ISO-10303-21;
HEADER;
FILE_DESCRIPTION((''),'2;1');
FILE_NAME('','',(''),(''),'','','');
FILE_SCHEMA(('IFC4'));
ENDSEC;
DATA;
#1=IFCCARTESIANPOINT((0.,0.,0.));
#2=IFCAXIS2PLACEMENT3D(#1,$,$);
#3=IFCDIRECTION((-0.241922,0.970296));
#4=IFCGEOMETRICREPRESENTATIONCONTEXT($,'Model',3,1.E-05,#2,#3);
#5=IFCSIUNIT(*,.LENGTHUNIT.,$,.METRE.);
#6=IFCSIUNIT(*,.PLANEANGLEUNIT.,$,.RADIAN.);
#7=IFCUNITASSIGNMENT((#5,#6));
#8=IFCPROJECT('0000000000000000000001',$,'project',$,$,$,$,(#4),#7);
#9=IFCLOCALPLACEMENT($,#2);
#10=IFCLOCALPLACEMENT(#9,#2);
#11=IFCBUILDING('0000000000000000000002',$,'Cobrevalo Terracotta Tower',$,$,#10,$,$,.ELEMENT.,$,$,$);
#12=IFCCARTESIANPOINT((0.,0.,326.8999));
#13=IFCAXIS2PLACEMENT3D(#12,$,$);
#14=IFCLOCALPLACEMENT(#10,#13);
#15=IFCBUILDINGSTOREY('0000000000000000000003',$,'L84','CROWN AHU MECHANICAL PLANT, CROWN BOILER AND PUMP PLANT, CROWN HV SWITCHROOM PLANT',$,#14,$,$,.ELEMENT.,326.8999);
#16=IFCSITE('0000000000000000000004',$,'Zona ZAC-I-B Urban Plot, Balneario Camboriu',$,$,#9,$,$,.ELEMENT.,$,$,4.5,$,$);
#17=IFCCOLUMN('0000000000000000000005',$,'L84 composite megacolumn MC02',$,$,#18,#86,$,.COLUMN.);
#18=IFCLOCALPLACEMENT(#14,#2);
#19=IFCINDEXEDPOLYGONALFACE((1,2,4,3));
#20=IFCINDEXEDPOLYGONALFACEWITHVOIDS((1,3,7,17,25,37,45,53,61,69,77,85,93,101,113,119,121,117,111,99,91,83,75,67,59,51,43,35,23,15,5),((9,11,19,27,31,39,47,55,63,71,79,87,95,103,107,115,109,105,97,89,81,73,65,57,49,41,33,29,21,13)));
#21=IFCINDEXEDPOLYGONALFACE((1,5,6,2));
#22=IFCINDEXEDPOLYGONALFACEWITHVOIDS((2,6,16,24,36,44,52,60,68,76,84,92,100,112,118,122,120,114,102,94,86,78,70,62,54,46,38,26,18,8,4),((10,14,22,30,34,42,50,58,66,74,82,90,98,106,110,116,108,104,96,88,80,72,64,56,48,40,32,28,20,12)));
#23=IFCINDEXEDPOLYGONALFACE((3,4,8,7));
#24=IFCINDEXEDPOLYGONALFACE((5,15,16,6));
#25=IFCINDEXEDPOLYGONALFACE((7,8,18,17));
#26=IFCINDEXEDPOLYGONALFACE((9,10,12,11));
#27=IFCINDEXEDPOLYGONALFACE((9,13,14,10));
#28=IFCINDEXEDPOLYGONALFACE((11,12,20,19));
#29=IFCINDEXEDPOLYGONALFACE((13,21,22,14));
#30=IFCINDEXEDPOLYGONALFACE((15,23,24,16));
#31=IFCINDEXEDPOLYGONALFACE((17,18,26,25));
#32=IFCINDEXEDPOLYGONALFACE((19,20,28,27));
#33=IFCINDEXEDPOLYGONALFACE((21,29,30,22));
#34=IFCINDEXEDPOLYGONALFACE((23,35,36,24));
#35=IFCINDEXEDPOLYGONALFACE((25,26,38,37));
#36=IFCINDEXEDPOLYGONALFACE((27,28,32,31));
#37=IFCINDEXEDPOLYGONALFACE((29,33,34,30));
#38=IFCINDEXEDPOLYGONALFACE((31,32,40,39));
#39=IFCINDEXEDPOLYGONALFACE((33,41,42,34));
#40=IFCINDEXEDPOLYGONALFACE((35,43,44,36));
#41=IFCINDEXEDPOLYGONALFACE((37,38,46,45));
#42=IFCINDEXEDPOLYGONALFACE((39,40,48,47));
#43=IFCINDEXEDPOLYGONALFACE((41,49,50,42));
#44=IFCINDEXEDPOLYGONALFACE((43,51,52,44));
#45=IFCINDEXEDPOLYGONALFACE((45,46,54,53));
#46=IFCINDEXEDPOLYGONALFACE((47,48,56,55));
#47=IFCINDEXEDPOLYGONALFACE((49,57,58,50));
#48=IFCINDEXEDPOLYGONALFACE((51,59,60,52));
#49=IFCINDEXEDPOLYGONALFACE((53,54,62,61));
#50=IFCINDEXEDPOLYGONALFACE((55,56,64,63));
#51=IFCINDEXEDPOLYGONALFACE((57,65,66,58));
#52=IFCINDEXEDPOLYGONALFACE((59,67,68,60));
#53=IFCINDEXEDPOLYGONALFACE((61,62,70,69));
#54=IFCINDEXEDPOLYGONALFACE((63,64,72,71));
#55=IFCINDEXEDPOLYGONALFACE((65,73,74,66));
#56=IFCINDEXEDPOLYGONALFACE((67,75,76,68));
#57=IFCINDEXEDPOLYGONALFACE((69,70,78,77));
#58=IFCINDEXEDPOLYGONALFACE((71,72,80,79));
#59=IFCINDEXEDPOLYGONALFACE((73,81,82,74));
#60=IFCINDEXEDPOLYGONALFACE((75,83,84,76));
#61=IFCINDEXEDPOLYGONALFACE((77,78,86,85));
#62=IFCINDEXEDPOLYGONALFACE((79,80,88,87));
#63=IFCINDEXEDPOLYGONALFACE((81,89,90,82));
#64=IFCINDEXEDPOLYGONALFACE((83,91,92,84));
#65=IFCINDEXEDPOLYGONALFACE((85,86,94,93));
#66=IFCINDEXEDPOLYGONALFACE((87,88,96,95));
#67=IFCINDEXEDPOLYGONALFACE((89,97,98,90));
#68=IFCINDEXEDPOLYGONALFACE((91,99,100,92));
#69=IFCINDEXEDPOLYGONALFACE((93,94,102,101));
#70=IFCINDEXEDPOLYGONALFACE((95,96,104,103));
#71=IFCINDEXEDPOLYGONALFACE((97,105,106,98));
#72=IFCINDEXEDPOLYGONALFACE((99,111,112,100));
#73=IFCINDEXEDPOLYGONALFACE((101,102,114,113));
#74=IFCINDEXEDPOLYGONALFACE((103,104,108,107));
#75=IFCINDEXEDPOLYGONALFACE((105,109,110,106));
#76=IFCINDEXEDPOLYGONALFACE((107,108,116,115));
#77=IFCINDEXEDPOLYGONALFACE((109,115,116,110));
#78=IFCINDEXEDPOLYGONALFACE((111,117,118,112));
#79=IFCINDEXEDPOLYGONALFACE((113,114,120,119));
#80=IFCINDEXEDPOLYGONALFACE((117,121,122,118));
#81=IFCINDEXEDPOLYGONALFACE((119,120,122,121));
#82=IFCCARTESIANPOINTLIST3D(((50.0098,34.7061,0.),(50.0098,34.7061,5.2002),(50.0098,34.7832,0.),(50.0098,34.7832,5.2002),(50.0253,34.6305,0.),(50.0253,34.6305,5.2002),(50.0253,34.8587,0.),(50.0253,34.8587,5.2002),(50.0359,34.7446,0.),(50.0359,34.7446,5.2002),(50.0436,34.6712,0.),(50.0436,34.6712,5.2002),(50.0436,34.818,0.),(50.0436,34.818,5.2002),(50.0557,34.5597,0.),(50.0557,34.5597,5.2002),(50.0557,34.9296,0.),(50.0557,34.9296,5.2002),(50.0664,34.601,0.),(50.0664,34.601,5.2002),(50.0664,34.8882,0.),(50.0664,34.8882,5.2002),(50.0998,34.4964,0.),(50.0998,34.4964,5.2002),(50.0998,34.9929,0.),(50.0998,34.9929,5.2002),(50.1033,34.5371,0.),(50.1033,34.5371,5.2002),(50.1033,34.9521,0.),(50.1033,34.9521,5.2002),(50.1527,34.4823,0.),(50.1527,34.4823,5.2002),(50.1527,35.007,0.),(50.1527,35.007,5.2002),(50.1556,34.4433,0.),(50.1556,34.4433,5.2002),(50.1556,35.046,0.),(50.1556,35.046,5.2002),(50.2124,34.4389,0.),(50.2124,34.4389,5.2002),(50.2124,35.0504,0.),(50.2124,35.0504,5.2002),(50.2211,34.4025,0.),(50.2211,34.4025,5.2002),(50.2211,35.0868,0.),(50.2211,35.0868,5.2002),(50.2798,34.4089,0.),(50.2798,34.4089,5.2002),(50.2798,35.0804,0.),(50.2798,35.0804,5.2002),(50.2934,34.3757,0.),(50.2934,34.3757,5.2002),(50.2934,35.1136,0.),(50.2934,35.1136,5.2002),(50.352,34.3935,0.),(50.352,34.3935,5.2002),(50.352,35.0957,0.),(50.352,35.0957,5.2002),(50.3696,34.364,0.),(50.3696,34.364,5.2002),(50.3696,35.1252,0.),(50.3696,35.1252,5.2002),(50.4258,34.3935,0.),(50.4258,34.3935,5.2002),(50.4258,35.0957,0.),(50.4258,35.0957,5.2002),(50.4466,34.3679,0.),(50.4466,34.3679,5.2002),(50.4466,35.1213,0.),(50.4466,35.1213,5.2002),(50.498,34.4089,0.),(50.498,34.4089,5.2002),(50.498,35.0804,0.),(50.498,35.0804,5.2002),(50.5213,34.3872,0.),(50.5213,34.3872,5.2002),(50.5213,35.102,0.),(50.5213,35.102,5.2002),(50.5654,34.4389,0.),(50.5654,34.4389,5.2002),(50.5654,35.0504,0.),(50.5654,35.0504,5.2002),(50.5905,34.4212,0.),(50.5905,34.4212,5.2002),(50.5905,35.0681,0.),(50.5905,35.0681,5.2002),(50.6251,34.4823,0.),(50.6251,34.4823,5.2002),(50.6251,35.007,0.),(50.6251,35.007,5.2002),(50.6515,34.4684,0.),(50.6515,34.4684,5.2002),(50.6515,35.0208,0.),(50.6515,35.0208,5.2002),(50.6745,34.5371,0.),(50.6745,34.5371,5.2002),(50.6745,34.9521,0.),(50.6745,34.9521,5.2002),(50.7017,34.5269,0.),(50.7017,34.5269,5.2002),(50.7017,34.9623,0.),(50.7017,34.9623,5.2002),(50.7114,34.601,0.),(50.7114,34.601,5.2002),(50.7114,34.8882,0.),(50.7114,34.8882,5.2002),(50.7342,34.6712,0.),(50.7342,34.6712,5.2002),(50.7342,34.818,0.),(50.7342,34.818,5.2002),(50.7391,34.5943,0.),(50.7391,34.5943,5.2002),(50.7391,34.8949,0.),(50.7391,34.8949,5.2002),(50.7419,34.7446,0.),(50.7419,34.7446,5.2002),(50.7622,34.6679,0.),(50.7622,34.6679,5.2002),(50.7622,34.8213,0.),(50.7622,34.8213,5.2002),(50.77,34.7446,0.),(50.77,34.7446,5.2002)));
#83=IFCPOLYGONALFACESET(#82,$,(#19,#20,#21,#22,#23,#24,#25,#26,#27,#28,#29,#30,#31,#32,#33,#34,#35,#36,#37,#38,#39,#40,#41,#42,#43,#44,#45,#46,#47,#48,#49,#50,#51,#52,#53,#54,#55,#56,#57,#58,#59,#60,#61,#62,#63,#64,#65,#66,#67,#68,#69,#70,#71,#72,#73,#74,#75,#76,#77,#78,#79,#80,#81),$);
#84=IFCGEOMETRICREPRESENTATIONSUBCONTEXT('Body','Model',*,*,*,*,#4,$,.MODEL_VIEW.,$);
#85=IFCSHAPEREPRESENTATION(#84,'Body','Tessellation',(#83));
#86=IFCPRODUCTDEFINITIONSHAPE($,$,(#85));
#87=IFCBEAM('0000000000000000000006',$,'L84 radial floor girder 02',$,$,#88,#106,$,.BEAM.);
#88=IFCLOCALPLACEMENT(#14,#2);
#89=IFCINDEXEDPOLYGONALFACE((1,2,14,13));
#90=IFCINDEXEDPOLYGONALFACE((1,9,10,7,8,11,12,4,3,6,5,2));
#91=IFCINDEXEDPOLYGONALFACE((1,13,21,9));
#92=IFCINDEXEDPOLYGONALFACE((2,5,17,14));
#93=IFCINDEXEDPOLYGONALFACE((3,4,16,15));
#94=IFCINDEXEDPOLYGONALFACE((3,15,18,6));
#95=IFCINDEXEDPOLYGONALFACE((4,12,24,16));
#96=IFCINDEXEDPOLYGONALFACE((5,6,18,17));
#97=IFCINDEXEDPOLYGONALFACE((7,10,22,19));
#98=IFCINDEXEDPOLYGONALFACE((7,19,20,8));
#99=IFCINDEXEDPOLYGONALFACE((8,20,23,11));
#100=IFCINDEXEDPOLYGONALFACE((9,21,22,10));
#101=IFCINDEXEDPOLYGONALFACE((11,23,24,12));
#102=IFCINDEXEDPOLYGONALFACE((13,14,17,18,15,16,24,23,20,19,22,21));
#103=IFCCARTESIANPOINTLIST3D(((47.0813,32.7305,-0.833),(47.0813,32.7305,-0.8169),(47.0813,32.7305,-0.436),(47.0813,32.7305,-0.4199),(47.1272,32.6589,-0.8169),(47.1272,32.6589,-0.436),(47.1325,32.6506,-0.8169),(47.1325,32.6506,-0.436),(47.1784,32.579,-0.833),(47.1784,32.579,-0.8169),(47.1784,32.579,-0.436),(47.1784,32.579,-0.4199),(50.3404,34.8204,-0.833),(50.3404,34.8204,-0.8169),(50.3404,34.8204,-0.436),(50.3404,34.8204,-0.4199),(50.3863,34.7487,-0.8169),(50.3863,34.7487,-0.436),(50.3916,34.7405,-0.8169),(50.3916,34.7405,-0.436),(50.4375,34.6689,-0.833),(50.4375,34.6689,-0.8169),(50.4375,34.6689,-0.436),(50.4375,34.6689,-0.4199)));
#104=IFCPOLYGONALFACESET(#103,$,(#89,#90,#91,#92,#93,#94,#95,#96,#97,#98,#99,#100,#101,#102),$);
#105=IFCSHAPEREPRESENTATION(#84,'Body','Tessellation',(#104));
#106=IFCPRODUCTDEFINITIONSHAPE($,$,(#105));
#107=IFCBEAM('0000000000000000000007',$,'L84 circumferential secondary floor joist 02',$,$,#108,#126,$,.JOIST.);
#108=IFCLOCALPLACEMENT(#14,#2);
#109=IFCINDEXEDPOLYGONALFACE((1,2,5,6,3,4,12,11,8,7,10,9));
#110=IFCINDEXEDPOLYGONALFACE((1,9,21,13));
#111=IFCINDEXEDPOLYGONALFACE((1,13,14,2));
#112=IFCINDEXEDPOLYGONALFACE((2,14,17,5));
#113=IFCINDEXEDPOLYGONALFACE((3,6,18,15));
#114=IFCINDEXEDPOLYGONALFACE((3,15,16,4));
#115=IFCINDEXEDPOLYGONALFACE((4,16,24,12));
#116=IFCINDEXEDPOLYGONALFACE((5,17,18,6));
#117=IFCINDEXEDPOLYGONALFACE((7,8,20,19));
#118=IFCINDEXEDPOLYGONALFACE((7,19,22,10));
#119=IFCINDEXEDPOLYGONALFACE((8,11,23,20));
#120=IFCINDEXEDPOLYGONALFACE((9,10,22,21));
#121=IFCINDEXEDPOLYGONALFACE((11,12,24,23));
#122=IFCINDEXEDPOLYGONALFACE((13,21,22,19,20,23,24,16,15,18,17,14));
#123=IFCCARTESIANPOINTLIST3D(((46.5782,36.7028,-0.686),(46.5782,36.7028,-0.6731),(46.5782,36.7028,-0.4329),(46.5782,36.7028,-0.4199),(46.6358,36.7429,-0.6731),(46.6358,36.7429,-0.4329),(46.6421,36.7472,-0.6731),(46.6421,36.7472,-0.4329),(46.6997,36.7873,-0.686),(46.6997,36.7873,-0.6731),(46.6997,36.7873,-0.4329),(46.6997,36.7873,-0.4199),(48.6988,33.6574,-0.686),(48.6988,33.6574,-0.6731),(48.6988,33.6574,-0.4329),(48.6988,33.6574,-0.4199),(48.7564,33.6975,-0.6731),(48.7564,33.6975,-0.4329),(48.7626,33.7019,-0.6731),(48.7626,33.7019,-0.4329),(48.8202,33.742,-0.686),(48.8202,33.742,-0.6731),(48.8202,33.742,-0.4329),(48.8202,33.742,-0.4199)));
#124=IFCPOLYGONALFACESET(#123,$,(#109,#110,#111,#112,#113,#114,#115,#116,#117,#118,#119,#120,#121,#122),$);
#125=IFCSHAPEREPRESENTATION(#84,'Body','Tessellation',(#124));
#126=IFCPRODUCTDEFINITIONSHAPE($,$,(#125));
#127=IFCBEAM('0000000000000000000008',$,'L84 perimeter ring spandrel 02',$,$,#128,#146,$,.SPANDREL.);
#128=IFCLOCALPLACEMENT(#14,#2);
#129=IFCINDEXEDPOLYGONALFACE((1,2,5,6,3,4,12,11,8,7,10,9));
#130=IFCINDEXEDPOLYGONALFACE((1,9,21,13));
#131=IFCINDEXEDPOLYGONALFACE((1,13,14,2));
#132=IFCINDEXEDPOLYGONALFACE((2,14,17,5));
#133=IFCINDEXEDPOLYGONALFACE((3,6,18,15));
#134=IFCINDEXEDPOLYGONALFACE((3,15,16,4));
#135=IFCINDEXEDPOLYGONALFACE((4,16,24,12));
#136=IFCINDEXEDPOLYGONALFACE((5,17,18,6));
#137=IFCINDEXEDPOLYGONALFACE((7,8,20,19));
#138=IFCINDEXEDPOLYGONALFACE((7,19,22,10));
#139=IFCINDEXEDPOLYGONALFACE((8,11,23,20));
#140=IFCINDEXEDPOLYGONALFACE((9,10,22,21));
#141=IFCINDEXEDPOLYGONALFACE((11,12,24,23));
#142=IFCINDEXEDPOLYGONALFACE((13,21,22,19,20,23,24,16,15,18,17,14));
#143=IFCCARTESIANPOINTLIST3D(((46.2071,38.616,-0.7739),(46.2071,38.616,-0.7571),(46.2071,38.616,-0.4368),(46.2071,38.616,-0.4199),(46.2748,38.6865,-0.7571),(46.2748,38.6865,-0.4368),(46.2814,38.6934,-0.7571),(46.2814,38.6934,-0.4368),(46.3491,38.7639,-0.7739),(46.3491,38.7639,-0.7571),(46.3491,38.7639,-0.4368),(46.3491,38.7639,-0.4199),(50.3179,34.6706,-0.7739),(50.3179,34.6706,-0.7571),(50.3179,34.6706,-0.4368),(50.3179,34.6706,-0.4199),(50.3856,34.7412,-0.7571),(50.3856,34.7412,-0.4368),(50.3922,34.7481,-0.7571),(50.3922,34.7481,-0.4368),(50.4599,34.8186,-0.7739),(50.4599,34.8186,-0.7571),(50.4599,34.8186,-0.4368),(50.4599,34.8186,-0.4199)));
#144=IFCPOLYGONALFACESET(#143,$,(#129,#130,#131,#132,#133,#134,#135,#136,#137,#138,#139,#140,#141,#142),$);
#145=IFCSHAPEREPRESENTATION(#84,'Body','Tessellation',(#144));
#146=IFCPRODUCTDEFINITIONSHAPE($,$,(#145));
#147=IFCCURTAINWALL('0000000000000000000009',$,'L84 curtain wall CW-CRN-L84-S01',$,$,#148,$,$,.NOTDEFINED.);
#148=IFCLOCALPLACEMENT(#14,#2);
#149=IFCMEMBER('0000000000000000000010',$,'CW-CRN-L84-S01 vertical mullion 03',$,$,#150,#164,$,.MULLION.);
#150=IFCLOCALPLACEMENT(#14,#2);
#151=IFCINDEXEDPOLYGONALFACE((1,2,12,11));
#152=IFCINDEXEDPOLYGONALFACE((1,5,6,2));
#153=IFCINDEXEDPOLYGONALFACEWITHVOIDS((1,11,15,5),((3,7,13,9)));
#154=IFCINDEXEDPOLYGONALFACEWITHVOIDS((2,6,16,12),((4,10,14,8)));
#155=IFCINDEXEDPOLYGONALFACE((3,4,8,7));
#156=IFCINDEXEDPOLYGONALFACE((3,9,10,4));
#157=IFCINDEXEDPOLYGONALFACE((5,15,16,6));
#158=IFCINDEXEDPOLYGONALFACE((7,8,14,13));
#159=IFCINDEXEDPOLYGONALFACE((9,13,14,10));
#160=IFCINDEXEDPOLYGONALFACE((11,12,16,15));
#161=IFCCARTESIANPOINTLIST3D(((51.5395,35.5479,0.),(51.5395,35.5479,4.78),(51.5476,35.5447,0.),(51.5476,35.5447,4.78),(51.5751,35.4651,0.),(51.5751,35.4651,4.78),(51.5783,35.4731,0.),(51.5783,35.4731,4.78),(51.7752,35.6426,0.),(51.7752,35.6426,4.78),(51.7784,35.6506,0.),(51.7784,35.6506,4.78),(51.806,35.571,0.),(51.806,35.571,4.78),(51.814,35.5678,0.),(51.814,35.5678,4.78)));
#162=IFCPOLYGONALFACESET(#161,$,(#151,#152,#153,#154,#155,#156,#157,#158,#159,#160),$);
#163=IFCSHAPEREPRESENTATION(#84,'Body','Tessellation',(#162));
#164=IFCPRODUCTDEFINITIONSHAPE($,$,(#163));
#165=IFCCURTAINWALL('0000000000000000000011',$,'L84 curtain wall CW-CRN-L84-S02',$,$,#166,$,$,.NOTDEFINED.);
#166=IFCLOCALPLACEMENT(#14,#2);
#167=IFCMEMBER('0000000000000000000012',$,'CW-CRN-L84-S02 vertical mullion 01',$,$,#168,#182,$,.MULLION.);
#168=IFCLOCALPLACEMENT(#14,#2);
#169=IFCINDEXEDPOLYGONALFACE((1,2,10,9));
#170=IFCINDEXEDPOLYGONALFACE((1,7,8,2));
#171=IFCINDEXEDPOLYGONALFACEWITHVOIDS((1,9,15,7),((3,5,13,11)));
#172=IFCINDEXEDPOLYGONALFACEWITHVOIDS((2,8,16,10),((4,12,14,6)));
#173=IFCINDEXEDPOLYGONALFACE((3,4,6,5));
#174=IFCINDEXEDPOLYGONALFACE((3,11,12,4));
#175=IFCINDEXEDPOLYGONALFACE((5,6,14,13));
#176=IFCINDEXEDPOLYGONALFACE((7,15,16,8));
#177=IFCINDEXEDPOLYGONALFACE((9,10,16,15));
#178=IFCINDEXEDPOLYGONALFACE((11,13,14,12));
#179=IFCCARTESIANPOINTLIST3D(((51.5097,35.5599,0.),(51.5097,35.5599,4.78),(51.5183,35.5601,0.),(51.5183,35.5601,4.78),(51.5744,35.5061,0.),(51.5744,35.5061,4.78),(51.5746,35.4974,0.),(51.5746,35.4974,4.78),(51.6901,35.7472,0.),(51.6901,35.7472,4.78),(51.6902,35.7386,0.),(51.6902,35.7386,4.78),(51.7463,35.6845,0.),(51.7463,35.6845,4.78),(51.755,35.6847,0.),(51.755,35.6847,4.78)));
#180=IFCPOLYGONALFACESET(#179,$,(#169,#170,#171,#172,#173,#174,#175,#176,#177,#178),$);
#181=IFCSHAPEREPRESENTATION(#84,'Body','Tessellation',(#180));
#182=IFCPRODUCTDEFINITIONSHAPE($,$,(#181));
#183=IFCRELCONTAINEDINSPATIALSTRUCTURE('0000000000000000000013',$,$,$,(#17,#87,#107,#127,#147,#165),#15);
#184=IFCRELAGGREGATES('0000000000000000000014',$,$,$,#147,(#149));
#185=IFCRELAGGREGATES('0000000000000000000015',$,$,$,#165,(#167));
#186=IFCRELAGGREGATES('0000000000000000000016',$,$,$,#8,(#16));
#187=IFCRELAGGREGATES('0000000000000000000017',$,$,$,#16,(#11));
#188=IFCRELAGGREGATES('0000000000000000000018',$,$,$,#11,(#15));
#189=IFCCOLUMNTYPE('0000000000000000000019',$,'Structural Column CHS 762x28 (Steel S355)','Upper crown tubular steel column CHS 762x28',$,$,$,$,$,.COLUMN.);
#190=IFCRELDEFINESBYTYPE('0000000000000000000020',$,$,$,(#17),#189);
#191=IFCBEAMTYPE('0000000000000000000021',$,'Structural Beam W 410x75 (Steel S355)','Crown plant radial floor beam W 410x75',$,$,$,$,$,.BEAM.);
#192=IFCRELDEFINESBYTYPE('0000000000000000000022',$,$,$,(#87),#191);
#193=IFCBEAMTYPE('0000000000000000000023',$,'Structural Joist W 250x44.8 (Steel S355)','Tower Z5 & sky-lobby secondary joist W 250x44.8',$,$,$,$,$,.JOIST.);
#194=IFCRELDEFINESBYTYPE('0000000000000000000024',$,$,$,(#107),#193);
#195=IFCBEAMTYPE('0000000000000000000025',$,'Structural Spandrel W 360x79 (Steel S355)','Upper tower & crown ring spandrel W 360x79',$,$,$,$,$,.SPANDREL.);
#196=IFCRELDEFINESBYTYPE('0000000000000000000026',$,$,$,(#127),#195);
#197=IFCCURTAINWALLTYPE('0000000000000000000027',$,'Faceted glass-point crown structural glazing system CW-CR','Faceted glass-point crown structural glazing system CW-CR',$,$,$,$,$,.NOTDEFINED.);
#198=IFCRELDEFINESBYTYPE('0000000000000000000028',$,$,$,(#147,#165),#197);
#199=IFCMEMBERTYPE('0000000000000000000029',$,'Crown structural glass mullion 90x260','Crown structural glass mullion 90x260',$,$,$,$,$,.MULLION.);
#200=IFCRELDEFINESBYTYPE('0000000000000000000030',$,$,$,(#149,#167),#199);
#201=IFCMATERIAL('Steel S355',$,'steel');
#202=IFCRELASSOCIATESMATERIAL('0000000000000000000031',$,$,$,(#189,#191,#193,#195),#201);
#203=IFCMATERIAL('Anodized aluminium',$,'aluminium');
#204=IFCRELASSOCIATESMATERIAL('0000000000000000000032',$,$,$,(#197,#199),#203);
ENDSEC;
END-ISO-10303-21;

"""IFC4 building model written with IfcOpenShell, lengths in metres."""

from ifc_helpers import new_model, si_unit, direction, frame, origin, origin_2d, place, context, subcontext, project, spatial, hollow_rectangle, hollow_circle, i_section, extrude, source, transform, mapped, material, material_profile, profile_set, type_object, element, aggregate, save


model = new_model("IFC4")

# Units and contexts
model_context = context("Model", 3, precision=1e-05, world=origin(), true_north=direction((-0.241922, 0.970296)))
body_context = subcontext(model_context, "Body", "Model", "MODEL_VIEW")
ifc_project = project(units=[si_unit("LENGTHUNIT", "METRE"), si_unit("PLANEANGLEUNIT", "RADIAN")], contexts=[model_context])

# Site, building, storey
site_placement = place(None, origin())
site = spatial("IfcSite", under=ifc_project, at=site_placement, Name="Zona ZAC-I-B Urban Plot, Balneario Camboriu", CompositionType="ELEMENT", RefElevation=4.5)
building_placement = place(site_placement, origin())
building = spatial("IfcBuilding", under=site, at=building_placement, Name="Cobrevalo Terracotta Tower", CompositionType="ELEMENT")
storey_placement = place(building_placement, frame((0.0, 0.0, 326.8999)))
storey = spatial("IfcBuildingStorey", under=building, at=storey_placement, Name="L84", Description="CROWN AHU MECHANICAL PLANT, CROWN BOILER AND PUMP PLANT, CROWN HV SWITCHROOM PLANT", CompositionType="ELEMENT", Elevation=326.8999)

# Column
ifc_material_1 = material(Name="Steel S355", Category="steel")
ifc_material_profile_1 = material_profile(ifc_material_1, hollow_circle(Radius=0.3811, WallThickness=0.0281, at=origin_2d()), Name="CHS 762x28")
ifc_profile_set_1 = profile_set([ifc_material_profile_1], Name="Steel S355")
column_type = type_object("IfcColumnType", Name="Structural Column CHS 762x28 (Steel S355)", Description="Upper crown tubular steel column CHS 762x28", PredefinedType="COLUMN", material=ifc_profile_set_1)
column_placement = place(storey_placement, frame((50.3889, 34.7446, 0.0), z_axis=(0.0, 0.0, 1.0), x_axis=(1.0, 0.0, 0.0)))
element("IfcColumn", 1, at=column_placement, inside=storey, type_object=column_type, Name="L84 composite megacolumn MC02", PredefinedType="COLUMN", context=body_context, shape_type="SweptSolid", body=[
    extrude(hollow_circle(Radius=0.3811, WallThickness=0.0281, at=origin_2d()), origin(), (0.0, 0.0, 1.0), 5.2002),
])

# Beams
ifc_material_profile_2 = material_profile(ifc_material_1, i_section(OverallWidth=0.1799, OverallDepth=0.4131, WebThickness=0.0098, FlangeThickness=0.0161, at=origin_2d()), Name="W 410x75")
ifc_profile_set_2 = profile_set([ifc_material_profile_2], Name="Steel S355")
beam_type_1 = type_object("IfcBeamType", Name="Structural Beam W 410x75 (Steel S355)", Description="Crown plant radial floor beam W 410x75", PredefinedType="BEAM", material=ifc_profile_set_2)
beam_1_placement = place(storey_placement, frame((50.3889, 34.7446, -0.6265), z_axis=(-0.841795, -0.539798, 0.0), x_axis=(0.539798, -0.841795, 0.0)))
element("IfcBeam", 2, at=beam_1_placement, inside=storey, type_object=beam_type_1, Name="L84 radial floor girder 02", PredefinedType="BEAM", context=body_context, shape_type="SweptSolid", body=[
    extrude(i_section(OverallWidth=0.1799, OverallDepth=0.4131, WebThickness=0.0098, FlangeThickness=0.0161, at=origin_2d()), origin(), (0.0, 0.0, 1.0), 3.8716),
])
ifc_material_profile_3 = material_profile(ifc_material_1, i_section(OverallWidth=0.1479, OverallDepth=0.2661, WebThickness=0.0076, FlangeThickness=0.0129, at=origin_2d()), Name="W 250x44.8")
ifc_profile_set_3 = profile_set([ifc_material_profile_3], Name="Steel S355")
beam_type_2 = type_object("IfcBeamType", Name="Structural Joist W 250x44.8 (Steel S355)", Description="Tower Z5 & sky-lobby secondary joist W 250x44.8", PredefinedType="JOIST", material=ifc_profile_set_3)
beam_2_placement = place(storey_placement, frame((48.7595, 33.6997, -0.553), z_axis=(-0.571438, 0.820645, 0.0), x_axis=(-0.820645, -0.571438, 0.0)))
element("IfcBeam", 3, at=beam_2_placement, inside=storey, type_object=beam_type_2, Name="L84 circumferential secondary floor joist 02", PredefinedType="JOIST", context=body_context, shape_type="SweptSolid", body=[
    extrude(i_section(OverallWidth=0.1479, OverallDepth=0.2661, WebThickness=0.0076, FlangeThickness=0.0129, at=origin_2d()), origin(), (0.0, 0.0, 1.0), 3.7109),
])
ifc_material_profile_4 = material_profile(ifc_material_1, i_section(OverallWidth=0.2051, OverallDepth=0.354, WebThickness=0.0095, FlangeThickness=0.0168, at=origin_2d()), Name="W 360x79")
ifc_profile_set_4 = profile_set([ifc_material_profile_4], Name="Steel S355")
beam_type_3 = type_object("IfcBeamType", Name="Structural Spandrel W 360x79 (Steel S355)", Description="Upper tower & crown ring spandrel W 360x79", PredefinedType="SPANDREL", material=ifc_profile_set_4)
beam_3_placement = place(storey_placement, frame((50.3889, 34.7446, -0.5969), z_axis=(-0.721483, 0.692432, 0.0), x_axis=(-0.692432, -0.721483, 0.0)))
element("IfcBeam", 4, at=beam_3_placement, inside=storey, type_object=beam_type_3, Name="L84 perimeter ring spandrel 02", PredefinedType="SPANDREL", context=body_context, shape_type="SweptSolid", body=[
    extrude(i_section(OverallWidth=0.2051, OverallDepth=0.354, WebThickness=0.0095, FlangeThickness=0.0168, at=origin_2d()), origin(), (0.0, 0.0, 1.0), 5.6978),
])

# Curtain wall, member
ifc_material_2 = material(Name="Anodized aluminium", Category="aluminium")
curtain_wall_type = type_object("IfcCurtainWallType", Name="Faceted glass-point crown structural glazing system CW-CR", Description="Faceted glass-point crown structural glazing system CW-CR", PredefinedType="NOTDEFINED", material=ifc_material_2)
curtain_wall_1_placement = place(storey_placement, origin())
curtain_wall_1 = element("IfcCurtainWall", 5, at=curtain_wall_1_placement, inside=storey, type_object=curtain_wall_type, Name="L84 curtain wall CW-CRN-L84-S01", PredefinedType="NOTDEFINED")
ifc_material_profile_5 = material_profile(ifc_material_2, hollow_rectangle(XDim=0.0901, YDim=0.26, WallThickness=0.0061, at=origin_2d()), Name="CWM 90x260")
ifc_profile_set_5 = profile_set([ifc_material_profile_5], Name="Anodized aluminium")
member_type_1 = type_object("IfcMemberType", Name="Crown structural glass mullion 90x260", Description="Crown structural glass mullion 90x260", PredefinedType="MULLION", material=ifc_profile_set_5)
shared_shape_1 = source(origin(), body_context, "Body", "SweptSolid", [
    extrude(hollow_rectangle(XDim=0.0901, YDim=0.26, WallThickness=0.0061, at=origin_2d()), origin(), (0.0, 0.0, 1.0), 4.78),
])
member_1_placement = place(storey_placement, frame((51.6768, 35.5579, 0.0), z_axis=(0.0, 0.0, 1.0), x_axis=(-0.394968, 0.918695, 0.0)))
member_1 = element("IfcMember", 6, at=member_1_placement, type_object=member_type_1, Name="CW-CRN-L84-S01 vertical mullion 03", PredefinedType="MULLION", context=body_context, shape_type="MappedRepresentation", body=[
    mapped(shared_shape_1, transform((0.0, 0.0, 0.0), scale=1.0)),
])

# Curtain wall, member
curtain_wall_2_placement = place(storey_placement, origin())
curtain_wall_2 = element("IfcCurtainWall", 7, at=curtain_wall_2_placement, inside=storey, type_object=curtain_wall_type, Name="L84 curtain wall CW-CRN-L84-S02", PredefinedType="NOTDEFINED")
member_2_placement = place(storey_placement, frame((51.6323, 35.6223, 0.0), z_axis=(0.0, 0.0, 1.0), x_axis=(-0.72014, 0.693829, 0.0)))
member_2 = element("IfcMember", 8, at=member_2_placement, type_object=member_type_1, Name="CW-CRN-L84-S02 vertical mullion 01", PredefinedType="MULLION", context=body_context, shape_type="MappedRepresentation", body=[
    mapped(shared_shape_1, transform((0.0, 0.0, 0.0), scale=1.0)),
])

aggregate(curtain_wall_1, [member_1])
aggregate(curtain_wall_2, [member_2])

save(model, "model.ifc")
